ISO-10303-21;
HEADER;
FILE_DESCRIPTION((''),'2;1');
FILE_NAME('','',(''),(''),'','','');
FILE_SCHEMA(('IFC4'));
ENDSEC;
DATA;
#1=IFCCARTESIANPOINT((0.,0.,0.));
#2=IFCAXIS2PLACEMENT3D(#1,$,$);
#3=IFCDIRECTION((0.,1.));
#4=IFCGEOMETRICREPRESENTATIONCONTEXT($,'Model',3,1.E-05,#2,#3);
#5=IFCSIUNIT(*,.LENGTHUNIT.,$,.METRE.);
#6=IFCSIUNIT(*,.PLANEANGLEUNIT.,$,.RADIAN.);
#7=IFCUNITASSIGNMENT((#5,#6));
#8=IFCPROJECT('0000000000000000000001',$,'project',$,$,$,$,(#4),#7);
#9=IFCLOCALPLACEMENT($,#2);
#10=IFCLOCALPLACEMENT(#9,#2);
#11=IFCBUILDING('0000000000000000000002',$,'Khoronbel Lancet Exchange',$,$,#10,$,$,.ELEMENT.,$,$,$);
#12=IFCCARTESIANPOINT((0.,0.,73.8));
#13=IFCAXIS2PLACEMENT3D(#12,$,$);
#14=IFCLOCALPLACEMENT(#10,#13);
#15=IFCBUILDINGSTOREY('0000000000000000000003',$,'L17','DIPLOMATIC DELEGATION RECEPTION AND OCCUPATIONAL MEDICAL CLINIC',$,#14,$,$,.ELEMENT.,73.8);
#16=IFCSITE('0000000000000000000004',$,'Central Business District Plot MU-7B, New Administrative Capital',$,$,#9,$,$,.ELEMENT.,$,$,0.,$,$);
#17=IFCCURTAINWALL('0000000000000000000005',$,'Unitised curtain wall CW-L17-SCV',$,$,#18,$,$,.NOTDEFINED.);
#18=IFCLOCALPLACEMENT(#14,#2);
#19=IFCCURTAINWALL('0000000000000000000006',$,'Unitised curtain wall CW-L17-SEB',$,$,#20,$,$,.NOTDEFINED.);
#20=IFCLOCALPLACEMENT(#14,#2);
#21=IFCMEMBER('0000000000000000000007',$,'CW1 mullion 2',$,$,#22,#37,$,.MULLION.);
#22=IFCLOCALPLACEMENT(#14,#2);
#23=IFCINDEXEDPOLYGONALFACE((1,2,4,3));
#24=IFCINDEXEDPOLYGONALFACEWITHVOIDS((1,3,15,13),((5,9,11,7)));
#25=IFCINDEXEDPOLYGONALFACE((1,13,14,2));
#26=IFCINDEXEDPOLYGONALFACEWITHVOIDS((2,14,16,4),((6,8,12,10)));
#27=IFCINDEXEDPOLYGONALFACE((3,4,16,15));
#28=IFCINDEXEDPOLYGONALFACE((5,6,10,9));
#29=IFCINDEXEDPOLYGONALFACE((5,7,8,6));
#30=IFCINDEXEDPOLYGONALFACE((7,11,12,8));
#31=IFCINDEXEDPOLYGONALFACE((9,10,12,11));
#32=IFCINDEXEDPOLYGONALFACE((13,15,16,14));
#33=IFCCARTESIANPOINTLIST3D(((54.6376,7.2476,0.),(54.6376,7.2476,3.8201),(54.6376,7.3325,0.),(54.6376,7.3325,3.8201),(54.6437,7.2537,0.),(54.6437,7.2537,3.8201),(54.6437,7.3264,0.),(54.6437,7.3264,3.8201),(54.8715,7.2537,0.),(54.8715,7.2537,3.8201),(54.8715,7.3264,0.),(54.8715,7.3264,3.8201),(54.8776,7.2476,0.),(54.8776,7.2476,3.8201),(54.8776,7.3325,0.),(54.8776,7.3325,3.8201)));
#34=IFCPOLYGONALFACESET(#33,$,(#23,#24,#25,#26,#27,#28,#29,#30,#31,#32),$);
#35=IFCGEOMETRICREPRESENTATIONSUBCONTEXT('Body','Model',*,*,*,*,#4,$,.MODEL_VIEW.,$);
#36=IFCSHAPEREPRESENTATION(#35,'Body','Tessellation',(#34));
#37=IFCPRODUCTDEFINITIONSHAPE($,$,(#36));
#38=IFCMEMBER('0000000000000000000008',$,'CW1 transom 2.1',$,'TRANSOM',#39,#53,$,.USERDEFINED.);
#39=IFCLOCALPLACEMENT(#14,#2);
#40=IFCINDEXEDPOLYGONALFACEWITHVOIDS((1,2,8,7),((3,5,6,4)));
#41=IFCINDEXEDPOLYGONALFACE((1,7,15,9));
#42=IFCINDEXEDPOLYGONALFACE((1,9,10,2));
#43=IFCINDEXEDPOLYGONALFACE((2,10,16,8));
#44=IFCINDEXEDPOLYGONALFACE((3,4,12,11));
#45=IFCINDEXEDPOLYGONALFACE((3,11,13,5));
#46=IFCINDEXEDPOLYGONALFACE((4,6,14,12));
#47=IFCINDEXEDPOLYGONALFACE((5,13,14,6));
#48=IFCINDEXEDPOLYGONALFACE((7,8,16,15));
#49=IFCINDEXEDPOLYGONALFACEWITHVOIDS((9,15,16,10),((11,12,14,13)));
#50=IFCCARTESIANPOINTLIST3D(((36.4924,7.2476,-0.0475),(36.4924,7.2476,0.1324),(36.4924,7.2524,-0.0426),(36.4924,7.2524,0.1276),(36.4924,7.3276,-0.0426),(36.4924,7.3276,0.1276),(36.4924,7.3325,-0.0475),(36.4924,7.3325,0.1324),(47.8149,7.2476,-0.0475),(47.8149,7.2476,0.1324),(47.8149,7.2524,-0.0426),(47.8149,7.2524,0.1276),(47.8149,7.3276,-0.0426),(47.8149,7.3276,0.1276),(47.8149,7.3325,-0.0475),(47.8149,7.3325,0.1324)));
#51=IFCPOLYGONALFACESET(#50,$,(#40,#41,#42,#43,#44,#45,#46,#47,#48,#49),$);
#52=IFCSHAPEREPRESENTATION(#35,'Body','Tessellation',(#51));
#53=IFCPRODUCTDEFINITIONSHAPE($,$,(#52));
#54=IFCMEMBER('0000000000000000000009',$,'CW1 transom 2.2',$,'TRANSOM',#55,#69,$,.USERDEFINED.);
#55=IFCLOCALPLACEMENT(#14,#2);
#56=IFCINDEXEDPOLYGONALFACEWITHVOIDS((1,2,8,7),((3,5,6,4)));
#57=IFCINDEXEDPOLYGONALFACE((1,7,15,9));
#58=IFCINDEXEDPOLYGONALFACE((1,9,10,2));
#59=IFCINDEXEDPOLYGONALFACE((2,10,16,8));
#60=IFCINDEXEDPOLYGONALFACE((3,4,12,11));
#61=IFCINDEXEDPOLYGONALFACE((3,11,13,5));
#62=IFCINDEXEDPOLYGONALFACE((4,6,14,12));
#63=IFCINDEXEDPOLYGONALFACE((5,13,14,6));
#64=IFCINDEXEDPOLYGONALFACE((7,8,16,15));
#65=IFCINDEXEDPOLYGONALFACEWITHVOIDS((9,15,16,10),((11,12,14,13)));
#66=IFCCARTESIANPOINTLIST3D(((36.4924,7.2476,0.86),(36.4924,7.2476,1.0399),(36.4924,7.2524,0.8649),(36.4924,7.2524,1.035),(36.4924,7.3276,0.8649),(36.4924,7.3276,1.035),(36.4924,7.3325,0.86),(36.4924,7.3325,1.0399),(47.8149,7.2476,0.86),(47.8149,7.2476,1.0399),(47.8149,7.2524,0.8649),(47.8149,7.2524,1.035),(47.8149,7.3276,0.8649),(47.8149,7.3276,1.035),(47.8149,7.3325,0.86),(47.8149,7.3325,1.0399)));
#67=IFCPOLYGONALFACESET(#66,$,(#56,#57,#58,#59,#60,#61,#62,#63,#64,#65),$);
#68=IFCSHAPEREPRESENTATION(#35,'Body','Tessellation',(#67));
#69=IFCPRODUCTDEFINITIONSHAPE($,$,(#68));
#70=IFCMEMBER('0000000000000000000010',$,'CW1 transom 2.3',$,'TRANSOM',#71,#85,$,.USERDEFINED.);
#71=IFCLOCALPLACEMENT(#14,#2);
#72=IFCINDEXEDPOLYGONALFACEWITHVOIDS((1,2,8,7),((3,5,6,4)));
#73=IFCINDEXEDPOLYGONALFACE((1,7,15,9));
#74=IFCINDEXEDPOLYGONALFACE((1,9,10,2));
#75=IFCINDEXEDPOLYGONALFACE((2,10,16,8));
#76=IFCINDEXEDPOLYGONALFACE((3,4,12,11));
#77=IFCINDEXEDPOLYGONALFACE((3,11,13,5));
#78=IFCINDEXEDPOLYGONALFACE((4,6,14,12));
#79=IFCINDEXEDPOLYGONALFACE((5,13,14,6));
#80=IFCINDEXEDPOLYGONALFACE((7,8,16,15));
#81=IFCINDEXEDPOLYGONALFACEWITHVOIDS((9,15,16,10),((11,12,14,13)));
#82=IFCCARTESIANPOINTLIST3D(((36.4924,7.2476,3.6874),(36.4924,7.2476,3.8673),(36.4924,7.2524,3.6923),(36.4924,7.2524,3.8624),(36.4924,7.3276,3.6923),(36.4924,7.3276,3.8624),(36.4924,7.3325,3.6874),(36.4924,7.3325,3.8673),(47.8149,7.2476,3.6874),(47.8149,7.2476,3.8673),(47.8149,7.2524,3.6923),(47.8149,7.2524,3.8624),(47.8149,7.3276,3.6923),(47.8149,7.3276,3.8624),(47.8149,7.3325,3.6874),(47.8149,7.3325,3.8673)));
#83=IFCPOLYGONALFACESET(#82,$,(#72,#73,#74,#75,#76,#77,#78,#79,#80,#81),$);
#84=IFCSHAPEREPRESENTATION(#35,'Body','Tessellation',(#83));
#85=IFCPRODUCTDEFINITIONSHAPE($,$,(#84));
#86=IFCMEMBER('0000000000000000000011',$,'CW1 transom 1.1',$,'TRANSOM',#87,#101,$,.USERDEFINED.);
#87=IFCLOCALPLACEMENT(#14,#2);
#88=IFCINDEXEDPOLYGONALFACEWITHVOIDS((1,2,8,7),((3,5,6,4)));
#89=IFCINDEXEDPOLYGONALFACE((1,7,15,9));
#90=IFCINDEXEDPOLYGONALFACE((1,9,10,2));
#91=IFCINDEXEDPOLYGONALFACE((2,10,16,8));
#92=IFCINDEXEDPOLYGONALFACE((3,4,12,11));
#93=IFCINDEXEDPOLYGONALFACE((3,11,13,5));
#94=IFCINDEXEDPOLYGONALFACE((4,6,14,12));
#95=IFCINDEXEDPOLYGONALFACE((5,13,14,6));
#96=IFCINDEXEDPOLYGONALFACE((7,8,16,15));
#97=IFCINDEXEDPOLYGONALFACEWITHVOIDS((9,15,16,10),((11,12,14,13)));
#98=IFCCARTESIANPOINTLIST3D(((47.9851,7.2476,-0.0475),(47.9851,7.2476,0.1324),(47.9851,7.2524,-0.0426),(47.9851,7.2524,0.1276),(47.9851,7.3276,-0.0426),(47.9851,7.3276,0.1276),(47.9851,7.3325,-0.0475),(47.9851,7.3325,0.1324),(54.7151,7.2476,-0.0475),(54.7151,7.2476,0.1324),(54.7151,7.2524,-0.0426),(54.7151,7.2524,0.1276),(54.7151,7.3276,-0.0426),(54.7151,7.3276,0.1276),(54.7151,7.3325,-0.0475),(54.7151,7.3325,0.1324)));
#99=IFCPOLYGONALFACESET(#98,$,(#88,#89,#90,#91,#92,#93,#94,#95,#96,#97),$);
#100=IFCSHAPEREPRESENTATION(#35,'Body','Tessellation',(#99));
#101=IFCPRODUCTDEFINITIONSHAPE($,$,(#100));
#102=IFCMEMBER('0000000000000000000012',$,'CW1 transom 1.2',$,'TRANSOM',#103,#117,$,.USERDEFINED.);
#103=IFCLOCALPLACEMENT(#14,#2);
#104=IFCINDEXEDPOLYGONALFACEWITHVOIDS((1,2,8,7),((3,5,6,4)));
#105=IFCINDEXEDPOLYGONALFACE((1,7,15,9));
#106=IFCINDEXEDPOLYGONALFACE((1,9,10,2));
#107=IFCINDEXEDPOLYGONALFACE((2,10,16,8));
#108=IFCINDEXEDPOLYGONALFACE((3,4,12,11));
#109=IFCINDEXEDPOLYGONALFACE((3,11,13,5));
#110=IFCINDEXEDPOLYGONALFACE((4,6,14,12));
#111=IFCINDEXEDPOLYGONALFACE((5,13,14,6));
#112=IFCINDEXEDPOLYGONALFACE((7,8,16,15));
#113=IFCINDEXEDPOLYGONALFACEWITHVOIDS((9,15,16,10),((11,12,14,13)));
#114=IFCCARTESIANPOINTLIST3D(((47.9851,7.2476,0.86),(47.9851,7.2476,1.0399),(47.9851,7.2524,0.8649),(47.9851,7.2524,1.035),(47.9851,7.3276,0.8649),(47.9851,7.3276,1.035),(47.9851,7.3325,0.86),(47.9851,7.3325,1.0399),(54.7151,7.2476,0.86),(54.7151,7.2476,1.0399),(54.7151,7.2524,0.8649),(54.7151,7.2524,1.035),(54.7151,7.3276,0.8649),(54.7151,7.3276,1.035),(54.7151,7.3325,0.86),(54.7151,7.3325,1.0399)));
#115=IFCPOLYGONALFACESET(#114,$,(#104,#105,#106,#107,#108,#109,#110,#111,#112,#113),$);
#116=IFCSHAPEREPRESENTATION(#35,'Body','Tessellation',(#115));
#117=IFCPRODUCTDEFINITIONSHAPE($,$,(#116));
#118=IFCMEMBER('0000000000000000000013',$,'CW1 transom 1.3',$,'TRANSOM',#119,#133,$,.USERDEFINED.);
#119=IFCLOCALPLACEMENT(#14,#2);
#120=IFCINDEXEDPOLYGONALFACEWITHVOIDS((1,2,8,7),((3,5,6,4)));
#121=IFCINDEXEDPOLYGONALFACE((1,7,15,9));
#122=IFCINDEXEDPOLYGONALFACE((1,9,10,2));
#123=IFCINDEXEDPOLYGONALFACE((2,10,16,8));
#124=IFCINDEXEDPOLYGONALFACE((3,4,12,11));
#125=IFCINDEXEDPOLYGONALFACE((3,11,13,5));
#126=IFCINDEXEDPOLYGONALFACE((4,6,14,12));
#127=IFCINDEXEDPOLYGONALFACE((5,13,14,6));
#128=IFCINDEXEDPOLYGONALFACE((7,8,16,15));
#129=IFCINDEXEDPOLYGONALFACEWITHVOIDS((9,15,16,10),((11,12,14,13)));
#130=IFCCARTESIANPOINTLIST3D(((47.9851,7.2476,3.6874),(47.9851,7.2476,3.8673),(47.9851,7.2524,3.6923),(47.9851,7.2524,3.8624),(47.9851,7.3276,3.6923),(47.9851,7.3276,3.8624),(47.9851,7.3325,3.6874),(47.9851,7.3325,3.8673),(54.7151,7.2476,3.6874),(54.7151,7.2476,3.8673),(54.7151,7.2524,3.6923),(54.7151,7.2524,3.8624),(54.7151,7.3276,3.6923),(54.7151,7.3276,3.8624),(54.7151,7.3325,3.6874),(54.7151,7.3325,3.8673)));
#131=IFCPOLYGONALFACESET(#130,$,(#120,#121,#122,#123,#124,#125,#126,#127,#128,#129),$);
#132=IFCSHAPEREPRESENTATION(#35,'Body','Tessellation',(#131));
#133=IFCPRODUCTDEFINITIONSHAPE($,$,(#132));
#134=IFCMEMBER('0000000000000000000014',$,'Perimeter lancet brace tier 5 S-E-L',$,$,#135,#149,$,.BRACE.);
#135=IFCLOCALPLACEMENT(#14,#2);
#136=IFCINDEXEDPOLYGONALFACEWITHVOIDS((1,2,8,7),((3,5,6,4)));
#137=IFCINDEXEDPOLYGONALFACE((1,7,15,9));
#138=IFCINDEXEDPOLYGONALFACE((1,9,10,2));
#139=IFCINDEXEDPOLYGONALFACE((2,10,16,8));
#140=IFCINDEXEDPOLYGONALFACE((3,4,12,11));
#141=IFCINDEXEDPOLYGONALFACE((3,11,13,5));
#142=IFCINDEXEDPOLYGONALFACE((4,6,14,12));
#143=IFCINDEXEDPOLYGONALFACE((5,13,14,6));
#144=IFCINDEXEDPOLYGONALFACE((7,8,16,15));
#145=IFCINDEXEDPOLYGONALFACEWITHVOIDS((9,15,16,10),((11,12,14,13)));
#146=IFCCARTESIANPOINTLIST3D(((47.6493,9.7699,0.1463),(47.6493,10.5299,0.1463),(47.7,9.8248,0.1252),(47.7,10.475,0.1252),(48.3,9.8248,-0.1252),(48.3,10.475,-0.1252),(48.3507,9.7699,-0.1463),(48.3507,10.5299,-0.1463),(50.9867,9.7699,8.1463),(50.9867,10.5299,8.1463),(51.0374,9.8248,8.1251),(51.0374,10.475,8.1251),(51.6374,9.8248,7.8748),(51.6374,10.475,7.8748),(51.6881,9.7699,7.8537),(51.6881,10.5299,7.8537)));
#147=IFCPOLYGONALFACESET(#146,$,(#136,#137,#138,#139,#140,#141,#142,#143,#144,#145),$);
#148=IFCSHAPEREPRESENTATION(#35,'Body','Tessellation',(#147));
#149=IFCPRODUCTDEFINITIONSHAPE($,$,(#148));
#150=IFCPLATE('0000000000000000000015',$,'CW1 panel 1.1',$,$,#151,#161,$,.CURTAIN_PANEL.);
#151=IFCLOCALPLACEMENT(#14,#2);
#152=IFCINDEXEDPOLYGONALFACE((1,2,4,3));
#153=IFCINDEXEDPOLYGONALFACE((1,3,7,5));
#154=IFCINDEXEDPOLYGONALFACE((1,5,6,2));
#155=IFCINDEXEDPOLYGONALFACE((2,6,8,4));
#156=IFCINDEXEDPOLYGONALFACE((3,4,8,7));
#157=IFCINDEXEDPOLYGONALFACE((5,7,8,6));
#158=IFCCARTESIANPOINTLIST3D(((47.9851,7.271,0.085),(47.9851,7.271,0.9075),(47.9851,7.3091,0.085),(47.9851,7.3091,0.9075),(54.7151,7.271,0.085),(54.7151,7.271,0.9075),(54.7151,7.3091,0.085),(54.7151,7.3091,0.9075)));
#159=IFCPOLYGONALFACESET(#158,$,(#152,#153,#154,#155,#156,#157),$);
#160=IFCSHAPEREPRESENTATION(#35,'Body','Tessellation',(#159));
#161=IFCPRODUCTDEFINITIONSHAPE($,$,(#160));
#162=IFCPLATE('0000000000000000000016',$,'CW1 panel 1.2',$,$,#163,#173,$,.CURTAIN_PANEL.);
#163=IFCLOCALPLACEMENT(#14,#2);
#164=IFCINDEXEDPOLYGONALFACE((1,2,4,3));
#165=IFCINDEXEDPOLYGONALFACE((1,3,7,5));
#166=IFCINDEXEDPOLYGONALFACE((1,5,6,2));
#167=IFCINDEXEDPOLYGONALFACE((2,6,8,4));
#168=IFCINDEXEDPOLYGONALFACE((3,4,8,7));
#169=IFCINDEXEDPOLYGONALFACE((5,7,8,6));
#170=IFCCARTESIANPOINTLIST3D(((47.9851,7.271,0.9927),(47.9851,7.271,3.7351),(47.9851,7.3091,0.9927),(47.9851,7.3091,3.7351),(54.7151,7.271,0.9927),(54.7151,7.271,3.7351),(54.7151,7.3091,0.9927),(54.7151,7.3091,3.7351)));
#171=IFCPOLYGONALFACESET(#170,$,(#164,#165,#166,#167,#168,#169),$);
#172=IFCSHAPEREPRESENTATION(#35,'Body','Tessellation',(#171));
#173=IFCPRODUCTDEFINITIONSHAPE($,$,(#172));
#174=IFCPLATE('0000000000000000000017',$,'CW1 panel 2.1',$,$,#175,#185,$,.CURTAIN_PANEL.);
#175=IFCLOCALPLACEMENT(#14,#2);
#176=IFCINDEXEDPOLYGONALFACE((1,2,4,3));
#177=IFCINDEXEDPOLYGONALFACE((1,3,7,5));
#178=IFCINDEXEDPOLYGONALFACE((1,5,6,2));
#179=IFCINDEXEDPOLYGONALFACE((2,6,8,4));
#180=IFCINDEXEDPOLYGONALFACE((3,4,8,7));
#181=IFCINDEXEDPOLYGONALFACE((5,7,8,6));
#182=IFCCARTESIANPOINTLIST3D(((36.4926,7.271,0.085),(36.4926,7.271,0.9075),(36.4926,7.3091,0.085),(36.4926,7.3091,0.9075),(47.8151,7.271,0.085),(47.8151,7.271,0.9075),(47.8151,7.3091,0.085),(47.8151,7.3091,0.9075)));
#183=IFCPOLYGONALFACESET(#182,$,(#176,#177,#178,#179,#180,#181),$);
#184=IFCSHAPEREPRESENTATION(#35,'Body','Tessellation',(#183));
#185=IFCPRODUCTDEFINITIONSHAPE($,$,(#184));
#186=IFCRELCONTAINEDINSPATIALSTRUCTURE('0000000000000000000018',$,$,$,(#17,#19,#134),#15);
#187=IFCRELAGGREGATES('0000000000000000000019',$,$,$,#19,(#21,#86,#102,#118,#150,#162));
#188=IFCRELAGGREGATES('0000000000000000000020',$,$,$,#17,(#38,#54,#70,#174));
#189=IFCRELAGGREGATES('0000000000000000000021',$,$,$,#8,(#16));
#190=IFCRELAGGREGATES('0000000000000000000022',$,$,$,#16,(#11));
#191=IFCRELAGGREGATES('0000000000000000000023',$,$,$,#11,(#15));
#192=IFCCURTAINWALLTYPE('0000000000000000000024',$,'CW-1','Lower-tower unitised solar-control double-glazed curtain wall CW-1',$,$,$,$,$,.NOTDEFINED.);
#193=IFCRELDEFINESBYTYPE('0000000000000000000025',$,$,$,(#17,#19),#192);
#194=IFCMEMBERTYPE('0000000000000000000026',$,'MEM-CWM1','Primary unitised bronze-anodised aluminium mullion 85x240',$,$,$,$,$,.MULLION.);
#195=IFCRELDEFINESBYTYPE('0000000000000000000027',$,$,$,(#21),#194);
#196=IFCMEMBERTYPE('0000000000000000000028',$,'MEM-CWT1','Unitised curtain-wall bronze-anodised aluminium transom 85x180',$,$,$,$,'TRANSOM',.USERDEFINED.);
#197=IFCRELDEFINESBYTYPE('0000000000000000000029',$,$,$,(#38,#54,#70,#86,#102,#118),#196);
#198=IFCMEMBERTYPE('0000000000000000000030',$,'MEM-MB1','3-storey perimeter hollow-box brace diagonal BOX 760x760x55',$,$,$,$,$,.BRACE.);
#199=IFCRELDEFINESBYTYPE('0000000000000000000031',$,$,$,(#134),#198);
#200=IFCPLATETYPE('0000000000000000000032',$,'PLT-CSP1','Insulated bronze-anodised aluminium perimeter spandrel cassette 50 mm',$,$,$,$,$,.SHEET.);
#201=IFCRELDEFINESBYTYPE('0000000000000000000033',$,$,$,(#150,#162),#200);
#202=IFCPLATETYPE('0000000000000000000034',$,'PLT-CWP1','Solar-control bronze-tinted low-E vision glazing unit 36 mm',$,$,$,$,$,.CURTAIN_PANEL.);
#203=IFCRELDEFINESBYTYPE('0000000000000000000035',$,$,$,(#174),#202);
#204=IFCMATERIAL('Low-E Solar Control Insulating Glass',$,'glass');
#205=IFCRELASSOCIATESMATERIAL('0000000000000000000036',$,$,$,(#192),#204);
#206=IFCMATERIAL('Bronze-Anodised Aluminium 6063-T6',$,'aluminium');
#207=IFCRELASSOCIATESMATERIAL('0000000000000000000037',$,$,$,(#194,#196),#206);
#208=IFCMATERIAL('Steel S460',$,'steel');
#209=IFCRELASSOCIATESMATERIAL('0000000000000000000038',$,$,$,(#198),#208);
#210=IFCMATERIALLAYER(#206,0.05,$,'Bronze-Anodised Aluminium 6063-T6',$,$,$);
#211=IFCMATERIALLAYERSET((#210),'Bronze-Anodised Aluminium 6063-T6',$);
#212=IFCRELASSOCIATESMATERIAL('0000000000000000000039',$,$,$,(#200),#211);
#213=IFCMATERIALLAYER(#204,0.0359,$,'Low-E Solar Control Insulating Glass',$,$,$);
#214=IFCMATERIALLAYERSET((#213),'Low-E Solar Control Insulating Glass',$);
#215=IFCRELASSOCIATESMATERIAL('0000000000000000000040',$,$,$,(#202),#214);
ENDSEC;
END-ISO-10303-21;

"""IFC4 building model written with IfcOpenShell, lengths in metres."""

from ifc_helpers import new_model, si_unit, direction, frame, origin, origin_2d, place, context, subcontext, project, spatial, rectangle, hollow_rectangle, extrude, material, layer, layer_set, material_profile, profile_set, type_object, element, aggregate, save


model = new_model("IFC4")

# Units and contexts
model_context = context("Model", 3, precision=1e-05, world=origin(), true_north=direction((0.0, 1.0)))
body_context = subcontext(model_context, "Body", "Model", "MODEL_VIEW")
ifc_project = project(units=[si_unit("LENGTHUNIT", "METRE"), si_unit("PLANEANGLEUNIT", "RADIAN")], contexts=[model_context])

# Site, building, storey
site_placement = place(None, origin())
site = spatial("IfcSite", under=ifc_project, at=site_placement, Name="Central Business District Plot MU-7B, New Administrative Capital", CompositionType="ELEMENT", RefElevation=0.0)
building_placement = place(site_placement, origin())
building = spatial("IfcBuilding", under=site, at=building_placement, Name="Khoronbel Lancet Exchange", CompositionType="ELEMENT")
storey_placement = place(building_placement, frame((0.0, 0.0, 73.8)))
storey = spatial("IfcBuildingStorey", under=building, at=storey_placement, Name="L17", Description="DIPLOMATIC DELEGATION RECEPTION AND OCCUPATIONAL MEDICAL CLINIC", CompositionType="ELEMENT", Elevation=73.8)

# Shared definitions
ifc_material_1 = material(Name="Steel S460", Category="steel")

# Curtain walls, member
ifc_material_2 = material(Name="Low-E Solar Control Insulating Glass", Category="glass")
curtain_wall_type = type_object("IfcCurtainWallType", Name="CW-1", Description="Lower-tower unitised solar-control double-glazed curtain wall CW-1", PredefinedType="NOTDEFINED", material=ifc_material_2)
curtain_wall_1_placement = place(storey_placement, origin())
curtain_wall_1 = element("IfcCurtainWall", 1, at=curtain_wall_1_placement, inside=storey, type_object=curtain_wall_type, Name="Unitised curtain wall CW-L17-SCV", PredefinedType="NOTDEFINED")
ifc_material_3 = material(Name="Bronze-Anodised Aluminium 6063-T6", Category="aluminium")
ifc_material_profile_1 = material_profile(ifc_material_3, hollow_rectangle(XDim=0.085, YDim=0.24, WallThickness=0.0061, at=origin_2d()), Name="ALU MULLION 85x240")
ifc_profile_set_1 = profile_set([ifc_material_profile_1], Name="Bronze-Anodised Aluminium 6063-T6")
member_type_1 = type_object("IfcMemberType", Name="MEM-CWM1", Description="Primary unitised bronze-anodised aluminium mullion 85x240", PredefinedType="MULLION", material=ifc_profile_set_1)
curtain_wall_2_placement = place(storey_placement, origin())
curtain_wall_2 = element("IfcCurtainWall", 2, at=curtain_wall_2_placement, inside=storey, type_object=curtain_wall_type, Name="Unitised curtain wall CW-L17-SEB", PredefinedType="NOTDEFINED")
member_1_placement = place(storey_placement, frame((54.7576, 7.29, 0.0), z_axis=(0.0, 0.0, 1.0), x_axis=(0.0, 1.0, 0.0)))
member_1 = element("IfcMember", 3, at=member_1_placement, type_object=member_type_1, Name="CW1 mullion 2", PredefinedType="MULLION", context=body_context, shape_type="SweptSolid", body=[
    extrude(hollow_rectangle(XDim=0.085, YDim=0.24, WallThickness=0.0061, at=origin_2d()), origin(), (0.0, 0.0, 1.0), 3.8201),
])

# Members
ifc_material_profile_2 = material_profile(ifc_material_3, hollow_rectangle(XDim=0.085, YDim=0.1799, WallThickness=0.0049, at=origin_2d()), Name="ALU TRANSOM 85x180")
ifc_profile_set_2 = profile_set([ifc_material_profile_2], Name="Bronze-Anodised Aluminium 6063-T6")
member_type_2 = type_object("IfcMemberType", Name="MEM-CWT1", Description="Unitised curtain-wall bronze-anodised aluminium transom 85x180", ElementType="TRANSOM", PredefinedType="USERDEFINED", material=ifc_profile_set_2)
member_2_placement = place(storey_placement, frame((36.4924, 7.29, 0.0425), z_axis=(1.0, 0.0, 0.0), x_axis=(0.0, 1.0, 0.0)))
member_2 = element("IfcMember", 4, at=member_2_placement, type_object=member_type_2, Name="CW1 transom 2.1", ObjectType="TRANSOM", PredefinedType="USERDEFINED", context=body_context, shape_type="SweptSolid", body=[
    extrude(hollow_rectangle(XDim=0.085, YDim=0.1799, WallThickness=0.0049, at=origin_2d()), origin(), (0.0, 0.0, 1.0), 11.3225),
])
member_3_placement = place(storey_placement, frame((36.4924, 7.29, 0.95), z_axis=(1.0, 0.0, 0.0), x_axis=(0.0, 1.0, 0.0)))
member_3 = element("IfcMember", 5, at=member_3_placement, type_object=member_type_2, Name="CW1 transom 2.2", ObjectType="TRANSOM", PredefinedType="USERDEFINED", context=body_context, shape_type="SweptSolid", body=[
    extrude(hollow_rectangle(XDim=0.085, YDim=0.1799, WallThickness=0.0049, at=origin_2d()), origin(), (0.0, 0.0, 1.0), 11.3225),
])
member_4_placement = place(storey_placement, frame((36.4924, 7.29, 3.7773), z_axis=(1.0, 0.0, 0.0), x_axis=(0.0, 1.0, 0.0)))
member_4 = element("IfcMember", 6, at=member_4_placement, type_object=member_type_2, Name="CW1 transom 2.3", ObjectType="TRANSOM", PredefinedType="USERDEFINED", context=body_context, shape_type="SweptSolid", body=[
    extrude(hollow_rectangle(XDim=0.085, YDim=0.1799, WallThickness=0.0049, at=origin_2d()), origin(), (0.0, 0.0, 1.0), 11.3225),
])
member_5_placement = place(storey_placement, frame((47.9851, 7.29, 0.0425), z_axis=(1.0, 0.0, 0.0), x_axis=(0.0, 1.0, 0.0)))
member_5 = element("IfcMember", 7, at=member_5_placement, type_object=member_type_2, Name="CW1 transom 1.1", ObjectType="TRANSOM", PredefinedType="USERDEFINED", context=body_context, shape_type="SweptSolid", body=[
    extrude(hollow_rectangle(XDim=0.085, YDim=0.1799, WallThickness=0.0049, at=origin_2d()), origin(), (0.0, 0.0, 1.0), 6.73),
])
member_6_placement = place(storey_placement, frame((47.9851, 7.29, 0.95), z_axis=(1.0, 0.0, 0.0), x_axis=(0.0, 1.0, 0.0)))
member_6 = element("IfcMember", 8, at=member_6_placement, type_object=member_type_2, Name="CW1 transom 1.2", ObjectType="TRANSOM", PredefinedType="USERDEFINED", context=body_context, shape_type="SweptSolid", body=[
    extrude(hollow_rectangle(XDim=0.085, YDim=0.1799, WallThickness=0.0049, at=origin_2d()), origin(), (0.0, 0.0, 1.0), 6.73),
])
member_7_placement = place(storey_placement, frame((47.9851, 7.29, 3.7773), z_axis=(1.0, 0.0, 0.0), x_axis=(0.0, 1.0, 0.0)))
member_7 = element("IfcMember", 9, at=member_7_placement, type_object=member_type_2, Name="CW1 transom 1.3", ObjectType="TRANSOM", PredefinedType="USERDEFINED", context=body_context, shape_type="SweptSolid", body=[
    extrude(hollow_rectangle(XDim=0.085, YDim=0.1799, WallThickness=0.0049, at=origin_2d()), origin(), (0.0, 0.0, 1.0), 6.73),
])
ifc_material_profile_3 = material_profile(ifc_material_1, hollow_rectangle(XDim=0.76, YDim=0.76, WallThickness=0.0549, at=origin_2d()), Name="BOX 760x760x55")
ifc_profile_set_3 = profile_set([ifc_material_profile_3], Name="Steel S460")
member_type_3 = type_object("IfcMemberType", Name="MEM-MB1", Description="3-storey perimeter hollow-box brace diagonal BOX 760x760x55", PredefinedType="BRACE", material=ifc_profile_set_3)
member_8_placement = place(storey_placement, frame((48.0, 10.1499, 0.0), z_axis=(0.385015, 0.0, 0.92291), x_axis=(0.0, 1.0, 0.0)))
element("IfcMember", 10, at=member_8_placement, inside=storey, type_object=member_type_3, Name="Perimeter lancet brace tier 5 S-E-L", PredefinedType="BRACE", context=body_context, shape_type="SweptSolid", body=[
    extrude(hollow_rectangle(XDim=0.76, YDim=0.76, WallThickness=0.0549, at=origin_2d()), origin(), (0.0, 0.0, 1.0), 8.6682),
])

# Plates
ifc_layer_1 = layer(ifc_material_3, 0.05, Name="Bronze-Anodised Aluminium 6063-T6")
ifc_layer_set_1 = layer_set([ifc_layer_1], Name="Bronze-Anodised Aluminium 6063-T6")
plate_type_1 = type_object("IfcPlateType", Name="PLT-CSP1", Description="Insulated bronze-anodised aluminium perimeter spandrel cassette 50 mm", PredefinedType="SHEET", material=ifc_layer_set_1)
plate_1_placement = place(storey_placement, frame((51.3501, 7.29, 0.085), z_axis=(0.0, 0.0, 1.0), x_axis=(1.0, 0.0, 0.0)))
plate_1 = element("IfcPlate", 11, at=plate_1_placement, type_object=plate_type_1, Name="CW1 panel 1.1", PredefinedType="CURTAIN_PANEL", context=body_context, shape_type="SweptSolid", body=[
    extrude(rectangle(XDim=6.73, YDim=0.0381, at=origin_2d()), origin(), (0.0, 0.0, 1.0), 0.8225),
])
plate_2_placement = place(storey_placement, frame((51.3501, 7.29, 0.9927), z_axis=(0.0, 0.0, 1.0), x_axis=(1.0, 0.0, 0.0)))
plate_2 = element("IfcPlate", 12, at=plate_2_placement, type_object=plate_type_1, Name="CW1 panel 1.2", PredefinedType="CURTAIN_PANEL", context=body_context, shape_type="SweptSolid", body=[
    extrude(rectangle(XDim=6.73, YDim=0.0381, at=origin_2d()), origin(), (0.0, 0.0, 1.0), 2.7424),
])
aggregate(curtain_wall_2, [member_1, member_5, member_6, member_7, plate_1, plate_2])
ifc_layer_2 = layer(ifc_material_2, 0.0359, Name="Low-E Solar Control Insulating Glass")
ifc_layer_set_2 = layer_set([ifc_layer_2], Name="Low-E Solar Control Insulating Glass")
plate_type_2 = type_object("IfcPlateType", Name="PLT-CWP1", Description="Solar-control bronze-tinted low-E vision glazing unit 36 mm", PredefinedType="CURTAIN_PANEL", material=ifc_layer_set_2)
plate_3_placement = place(storey_placement, frame((42.1538, 7.29, 0.085), z_axis=(0.0, 0.0, 1.0), x_axis=(1.0, 0.0, 0.0)))
plate_3 = element("IfcPlate", 13, at=plate_3_placement, type_object=plate_type_2, Name="CW1 panel 2.1", PredefinedType="CURTAIN_PANEL", context=body_context, shape_type="SweptSolid", body=[
    extrude(rectangle(XDim=11.3225, YDim=0.0381, at=origin_2d()), origin(), (0.0, 0.0, 1.0), 0.8225),
])
aggregate(curtain_wall_1, [member_2, member_3, member_4, plate_3])

save(model, "model.ifc")
